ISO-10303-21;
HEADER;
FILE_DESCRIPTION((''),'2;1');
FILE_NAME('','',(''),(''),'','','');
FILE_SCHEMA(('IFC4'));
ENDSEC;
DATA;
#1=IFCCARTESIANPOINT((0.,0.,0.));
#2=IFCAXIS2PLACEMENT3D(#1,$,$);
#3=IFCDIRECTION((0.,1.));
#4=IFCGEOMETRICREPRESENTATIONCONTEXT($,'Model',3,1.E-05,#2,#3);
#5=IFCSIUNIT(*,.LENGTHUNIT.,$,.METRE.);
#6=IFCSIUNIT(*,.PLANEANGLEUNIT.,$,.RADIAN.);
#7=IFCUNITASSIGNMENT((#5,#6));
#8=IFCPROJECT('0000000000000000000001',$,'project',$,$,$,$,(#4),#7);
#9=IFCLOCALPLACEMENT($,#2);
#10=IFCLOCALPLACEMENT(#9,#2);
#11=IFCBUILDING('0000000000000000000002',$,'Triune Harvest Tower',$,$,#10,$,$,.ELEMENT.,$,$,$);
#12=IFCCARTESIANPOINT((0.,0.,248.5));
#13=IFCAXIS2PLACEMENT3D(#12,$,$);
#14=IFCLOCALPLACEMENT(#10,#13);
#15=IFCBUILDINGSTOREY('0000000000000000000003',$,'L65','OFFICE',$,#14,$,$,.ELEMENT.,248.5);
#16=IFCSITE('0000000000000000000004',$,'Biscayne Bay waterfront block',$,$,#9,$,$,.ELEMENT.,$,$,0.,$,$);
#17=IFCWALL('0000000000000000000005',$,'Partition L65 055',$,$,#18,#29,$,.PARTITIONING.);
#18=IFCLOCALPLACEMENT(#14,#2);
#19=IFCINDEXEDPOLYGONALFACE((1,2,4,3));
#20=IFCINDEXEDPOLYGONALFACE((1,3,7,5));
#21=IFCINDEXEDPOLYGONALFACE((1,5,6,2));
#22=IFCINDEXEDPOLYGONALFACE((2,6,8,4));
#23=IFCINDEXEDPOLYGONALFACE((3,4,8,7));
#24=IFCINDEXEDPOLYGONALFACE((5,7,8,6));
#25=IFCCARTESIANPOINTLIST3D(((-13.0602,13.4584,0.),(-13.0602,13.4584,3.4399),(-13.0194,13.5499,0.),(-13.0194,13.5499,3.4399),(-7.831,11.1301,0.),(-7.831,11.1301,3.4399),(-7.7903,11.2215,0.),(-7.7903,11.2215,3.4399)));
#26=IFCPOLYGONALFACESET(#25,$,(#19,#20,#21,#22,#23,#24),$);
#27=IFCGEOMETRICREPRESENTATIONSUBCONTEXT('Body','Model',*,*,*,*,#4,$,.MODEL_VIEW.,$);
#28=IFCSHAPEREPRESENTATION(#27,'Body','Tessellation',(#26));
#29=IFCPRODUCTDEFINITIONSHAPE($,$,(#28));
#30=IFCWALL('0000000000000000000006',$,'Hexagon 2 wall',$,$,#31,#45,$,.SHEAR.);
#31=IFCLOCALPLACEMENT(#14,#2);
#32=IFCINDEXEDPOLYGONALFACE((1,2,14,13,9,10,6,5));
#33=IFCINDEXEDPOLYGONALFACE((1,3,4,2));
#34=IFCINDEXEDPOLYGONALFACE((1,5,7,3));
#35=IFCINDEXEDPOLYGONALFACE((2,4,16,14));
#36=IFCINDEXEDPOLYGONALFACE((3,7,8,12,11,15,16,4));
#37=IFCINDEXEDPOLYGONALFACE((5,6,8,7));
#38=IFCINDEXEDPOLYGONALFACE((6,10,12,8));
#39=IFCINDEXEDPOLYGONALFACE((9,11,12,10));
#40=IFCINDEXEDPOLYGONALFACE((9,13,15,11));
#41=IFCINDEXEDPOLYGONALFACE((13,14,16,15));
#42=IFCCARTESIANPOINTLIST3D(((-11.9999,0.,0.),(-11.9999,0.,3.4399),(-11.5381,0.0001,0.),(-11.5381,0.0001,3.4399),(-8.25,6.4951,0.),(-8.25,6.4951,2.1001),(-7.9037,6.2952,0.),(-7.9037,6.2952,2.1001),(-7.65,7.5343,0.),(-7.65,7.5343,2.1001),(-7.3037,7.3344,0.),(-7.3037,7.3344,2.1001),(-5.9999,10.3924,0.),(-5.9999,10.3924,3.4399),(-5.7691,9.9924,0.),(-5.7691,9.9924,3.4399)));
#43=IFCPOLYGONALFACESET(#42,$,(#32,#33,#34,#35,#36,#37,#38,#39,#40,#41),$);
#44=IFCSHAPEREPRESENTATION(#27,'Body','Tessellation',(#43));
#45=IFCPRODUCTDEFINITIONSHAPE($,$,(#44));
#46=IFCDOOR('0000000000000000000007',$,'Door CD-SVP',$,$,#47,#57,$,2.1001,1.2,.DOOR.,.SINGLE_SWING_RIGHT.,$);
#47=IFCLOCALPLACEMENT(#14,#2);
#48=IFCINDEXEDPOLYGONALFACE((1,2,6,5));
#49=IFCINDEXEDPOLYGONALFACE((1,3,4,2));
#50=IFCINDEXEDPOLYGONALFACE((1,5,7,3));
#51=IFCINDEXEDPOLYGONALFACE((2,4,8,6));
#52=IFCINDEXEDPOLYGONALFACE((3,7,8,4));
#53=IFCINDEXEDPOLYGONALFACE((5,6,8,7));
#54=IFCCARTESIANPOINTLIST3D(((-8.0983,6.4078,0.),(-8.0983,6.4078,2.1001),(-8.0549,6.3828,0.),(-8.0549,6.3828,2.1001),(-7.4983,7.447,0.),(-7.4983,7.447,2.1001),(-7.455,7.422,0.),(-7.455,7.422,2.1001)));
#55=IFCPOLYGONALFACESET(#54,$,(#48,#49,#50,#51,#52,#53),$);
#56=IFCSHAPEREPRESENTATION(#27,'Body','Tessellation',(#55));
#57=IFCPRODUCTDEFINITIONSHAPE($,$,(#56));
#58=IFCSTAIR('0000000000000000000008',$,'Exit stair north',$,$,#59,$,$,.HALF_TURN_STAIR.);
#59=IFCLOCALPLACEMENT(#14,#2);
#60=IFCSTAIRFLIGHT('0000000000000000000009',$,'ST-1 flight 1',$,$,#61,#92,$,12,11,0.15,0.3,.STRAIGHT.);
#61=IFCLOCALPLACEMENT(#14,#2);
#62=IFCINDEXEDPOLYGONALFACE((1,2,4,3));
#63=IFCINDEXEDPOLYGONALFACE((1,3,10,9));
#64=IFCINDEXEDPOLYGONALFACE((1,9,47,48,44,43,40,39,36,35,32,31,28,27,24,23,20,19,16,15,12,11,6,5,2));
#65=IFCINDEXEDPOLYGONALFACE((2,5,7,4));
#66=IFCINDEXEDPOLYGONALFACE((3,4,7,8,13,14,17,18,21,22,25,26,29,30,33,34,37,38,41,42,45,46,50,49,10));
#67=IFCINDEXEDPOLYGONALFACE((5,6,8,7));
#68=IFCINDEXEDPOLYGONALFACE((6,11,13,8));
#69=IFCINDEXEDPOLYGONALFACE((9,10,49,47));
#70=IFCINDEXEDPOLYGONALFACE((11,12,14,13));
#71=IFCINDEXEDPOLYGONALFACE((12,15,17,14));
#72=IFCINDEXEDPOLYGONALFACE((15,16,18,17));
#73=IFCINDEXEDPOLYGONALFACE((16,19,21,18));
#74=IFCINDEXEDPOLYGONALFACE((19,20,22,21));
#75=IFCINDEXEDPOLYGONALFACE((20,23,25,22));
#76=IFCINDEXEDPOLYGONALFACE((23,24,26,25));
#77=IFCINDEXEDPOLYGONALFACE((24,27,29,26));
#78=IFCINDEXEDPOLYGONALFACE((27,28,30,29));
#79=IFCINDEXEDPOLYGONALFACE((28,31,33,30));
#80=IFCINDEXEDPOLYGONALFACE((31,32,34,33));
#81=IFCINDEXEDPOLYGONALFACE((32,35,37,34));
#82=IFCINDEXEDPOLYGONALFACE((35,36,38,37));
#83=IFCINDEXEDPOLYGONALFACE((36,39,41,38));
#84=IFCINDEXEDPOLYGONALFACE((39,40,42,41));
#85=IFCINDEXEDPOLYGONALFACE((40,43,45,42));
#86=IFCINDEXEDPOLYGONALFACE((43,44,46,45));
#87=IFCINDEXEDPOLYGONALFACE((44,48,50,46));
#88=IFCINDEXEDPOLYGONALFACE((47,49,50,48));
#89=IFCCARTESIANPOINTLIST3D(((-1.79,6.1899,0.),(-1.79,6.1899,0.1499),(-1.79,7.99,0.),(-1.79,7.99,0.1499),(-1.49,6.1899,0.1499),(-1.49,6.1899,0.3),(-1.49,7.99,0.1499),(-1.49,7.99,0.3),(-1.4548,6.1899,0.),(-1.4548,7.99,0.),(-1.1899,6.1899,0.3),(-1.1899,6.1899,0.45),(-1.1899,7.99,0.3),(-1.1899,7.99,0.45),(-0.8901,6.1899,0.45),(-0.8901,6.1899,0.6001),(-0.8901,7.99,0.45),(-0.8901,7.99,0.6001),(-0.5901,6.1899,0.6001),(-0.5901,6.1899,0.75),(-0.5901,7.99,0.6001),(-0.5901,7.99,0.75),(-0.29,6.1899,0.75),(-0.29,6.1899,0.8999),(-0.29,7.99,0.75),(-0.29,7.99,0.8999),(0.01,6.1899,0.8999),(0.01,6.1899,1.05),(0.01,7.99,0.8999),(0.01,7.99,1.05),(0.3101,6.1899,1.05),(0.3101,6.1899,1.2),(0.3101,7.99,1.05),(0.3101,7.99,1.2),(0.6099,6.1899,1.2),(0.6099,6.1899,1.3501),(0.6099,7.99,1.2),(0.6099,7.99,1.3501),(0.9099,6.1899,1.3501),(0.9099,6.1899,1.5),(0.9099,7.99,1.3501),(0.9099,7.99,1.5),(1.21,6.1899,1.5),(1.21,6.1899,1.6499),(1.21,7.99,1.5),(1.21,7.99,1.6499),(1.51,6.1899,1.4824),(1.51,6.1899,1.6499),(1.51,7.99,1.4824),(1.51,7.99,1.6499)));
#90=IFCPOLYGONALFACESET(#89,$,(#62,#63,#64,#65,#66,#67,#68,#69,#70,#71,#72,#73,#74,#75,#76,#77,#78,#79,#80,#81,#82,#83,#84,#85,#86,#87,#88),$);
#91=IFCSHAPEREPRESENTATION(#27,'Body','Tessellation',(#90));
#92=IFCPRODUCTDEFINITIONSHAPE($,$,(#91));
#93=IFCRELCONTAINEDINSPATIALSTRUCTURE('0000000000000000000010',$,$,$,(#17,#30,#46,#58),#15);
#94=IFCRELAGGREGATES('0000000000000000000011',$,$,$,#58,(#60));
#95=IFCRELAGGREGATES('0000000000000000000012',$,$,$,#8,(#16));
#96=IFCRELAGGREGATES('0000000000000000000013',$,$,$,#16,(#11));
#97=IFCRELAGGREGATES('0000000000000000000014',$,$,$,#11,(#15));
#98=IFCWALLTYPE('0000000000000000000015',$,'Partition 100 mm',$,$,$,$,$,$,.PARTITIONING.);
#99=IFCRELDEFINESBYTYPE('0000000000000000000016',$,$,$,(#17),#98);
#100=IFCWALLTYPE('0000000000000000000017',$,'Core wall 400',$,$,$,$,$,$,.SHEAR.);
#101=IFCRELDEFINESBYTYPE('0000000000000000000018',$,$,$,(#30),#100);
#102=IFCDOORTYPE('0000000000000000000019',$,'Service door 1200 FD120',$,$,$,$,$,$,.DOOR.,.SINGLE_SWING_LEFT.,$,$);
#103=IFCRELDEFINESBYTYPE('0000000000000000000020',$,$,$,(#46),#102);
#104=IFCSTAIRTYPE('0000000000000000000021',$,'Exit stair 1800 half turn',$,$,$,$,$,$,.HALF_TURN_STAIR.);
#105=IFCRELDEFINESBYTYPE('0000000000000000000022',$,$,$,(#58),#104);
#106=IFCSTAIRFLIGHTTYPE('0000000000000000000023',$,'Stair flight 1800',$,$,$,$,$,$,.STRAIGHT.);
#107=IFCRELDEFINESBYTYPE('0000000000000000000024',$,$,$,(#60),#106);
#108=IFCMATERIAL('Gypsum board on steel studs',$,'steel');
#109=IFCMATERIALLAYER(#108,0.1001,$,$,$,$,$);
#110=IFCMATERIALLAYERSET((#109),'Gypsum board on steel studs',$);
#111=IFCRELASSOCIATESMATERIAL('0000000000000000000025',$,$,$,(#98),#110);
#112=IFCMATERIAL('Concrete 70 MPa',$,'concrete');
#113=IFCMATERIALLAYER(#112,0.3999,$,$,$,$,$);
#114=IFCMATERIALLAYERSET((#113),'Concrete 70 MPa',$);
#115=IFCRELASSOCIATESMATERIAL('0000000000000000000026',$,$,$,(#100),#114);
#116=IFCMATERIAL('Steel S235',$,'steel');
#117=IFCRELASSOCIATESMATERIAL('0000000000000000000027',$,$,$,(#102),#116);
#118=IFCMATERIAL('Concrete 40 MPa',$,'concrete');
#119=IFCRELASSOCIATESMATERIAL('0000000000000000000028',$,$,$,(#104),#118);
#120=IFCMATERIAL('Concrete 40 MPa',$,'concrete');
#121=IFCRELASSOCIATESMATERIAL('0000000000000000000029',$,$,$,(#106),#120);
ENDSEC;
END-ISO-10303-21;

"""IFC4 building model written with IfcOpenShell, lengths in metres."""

from ifc_helpers import new_model, si_unit, direction, frame, frame_2d, origin, place, context, subcontext, project, spatial, polyline, rectangle, outline, extrude, source, transform, mapped, material, layer, layer_set, type_object, element, fill, aggregate, save


model = new_model("IFC4")

# Units and contexts
model_context = context("Model", 3, precision=1e-05, world=origin(), true_north=direction((0.0, 1.0)))
body_context = subcontext(model_context, "Body", "Model", "MODEL_VIEW")
ifc_project = project(units=[si_unit("LENGTHUNIT", "METRE"), si_unit("PLANEANGLEUNIT", "RADIAN")], contexts=[model_context])

# Site, building, storey
site_placement = place(None, origin())
site = spatial("IfcSite", under=ifc_project, at=site_placement, Name="Biscayne Bay waterfront block", CompositionType="ELEMENT", RefElevation=0.0)
building_placement = place(site_placement, origin())
building = spatial("IfcBuilding", under=site, at=building_placement, Name="Triune Harvest Tower", CompositionType="ELEMENT")
storey_placement = place(building_placement, frame((0.0, 0.0, 248.5)))
storey = spatial("IfcBuildingStorey", under=building, at=storey_placement, Name="L65", Description="OFFICE", CompositionType="ELEMENT", Elevation=248.5)

# Wall
ifc_material_1 = material(Name="Gypsum board on steel studs", Category="steel")
ifc_layer_1 = layer(ifc_material_1, 0.1001)
ifc_layer_set_1 = layer_set([ifc_layer_1], Name="Gypsum board on steel studs")
wall_type_1 = type_object("IfcWallType", Name="Partition 100 mm", PredefinedType="PARTITIONING", material=ifc_layer_set_1)
wall_1_placement = place(storey_placement, frame((-13.0398, 13.5042, 0.0), z_axis=(0.0, 0.0, 1.0), x_axis=(0.913535, -0.40676, 0.0)))
element("IfcWall", 1, at=wall_1_placement, inside=storey, type_object=wall_type_1, Name="Partition L65 055", PredefinedType="PARTITIONING", context=body_context, shape_type="SweptSolid", body=[
    extrude(rectangle(XDim=5.7241, YDim=0.1001, at=frame_2d((2.8621, 0.0))), origin(), (0.0, 0.0, 1.0), 3.4399),
])

# Wall, opening, door
ifc_material_2 = material(Name="Concrete 70 MPa", Category="concrete")
ifc_layer_2 = layer(ifc_material_2, 0.3999)
ifc_layer_set_2 = layer_set([ifc_layer_2], Name="Concrete 70 MPa")
wall_type_2 = type_object("IfcWallType", Name="Core wall 400", PredefinedType="SHEAR", material=ifc_layer_set_2)
shared_shape_1 = source(origin(), body_context, "Body", "SweptSolid", [
    extrude(outline(polyline([(-0.1155, -0.2), (11.8845, -0.2), (11.6536, 0.2), (0.1155, 0.2), (-0.1155, -0.2)])), origin(), (0.0, 0.0, 1.0), 3.4399),
])
wall_2_placement = place(storey_placement, frame((-5.8845, 10.1924, 0.0), z_axis=(0.0, 0.0, 1.0), x_axis=(-0.499997, -0.866027, 0.0)))
wall_2 = element("IfcWall", 2, at=wall_2_placement, inside=storey, type_object=wall_type_2, Name="Hexagon 2 wall", PredefinedType="SHEAR", context=body_context, shape_type="MappedRepresentation", body=[
    mapped(shared_shape_1, transform((0.0, 0.0, 0.0), scale=1.0)),
])
opening_1_placement = place(wall_2_placement, frame((3.1846, 0.0, 0.0)))
opening_1 = element("IfcOpeningElement", 3, at=opening_1_placement, cuts=wall_2, PredefinedType="OPENING", context=body_context, shape_type="SweptSolid", body=[
    extrude(rectangle(XDim=1.2, YDim=2.1001, at=frame_2d((0.6001, 1.05))), frame((0.0, 0.21, 0.0), z_axis=(0.0, -1.0, 0.0), x_axis=(1.0, 0.0, 0.0)), (0.0, 0.0, 1.0), 0.4199),
])
ifc_material_3 = material(Name="Steel S235", Category="steel")
door_type_1 = type_object("IfcDoorType", Name="Service door 1200 FD120", OperationType="SINGLE_SWING_LEFT", PredefinedType="DOOR", material=ifc_material_3)
door_1_placement = place(opening_1_placement, frame((1.2, 0.0, 0.0), z_axis=(0.0, 0.0, 1.0), x_axis=(-1.0, 0.0, 0.0)))
door_1 = element("IfcDoor", 4, at=door_1_placement, inside=storey, type_object=door_type_1, Name="Door CD-SVP", OperationType="SINGLE_SWING_RIGHT", OverallHeight=2.1001, OverallWidth=1.2, PredefinedType="DOOR", context=body_context, shape_type="SweptSolid", body=[
    extrude(rectangle(XDim=1.2, YDim=2.1001, at=frame_2d((0.6001, 1.05))), frame((0.0, 0.0249, 0.0), z_axis=(0.0, -1.0, 0.0), x_axis=(1.0, 0.0, 0.0)), (0.0, 0.0, 1.0), 0.05),
])
fill(opening_1, door_1)

# Stair, stair flight
ifc_material_4 = material(Name="Concrete 40 MPa", Category="concrete")
stair_type = type_object("IfcStairType", Name="Exit stair 1800 half turn", PredefinedType="HALF_TURN_STAIR", material=ifc_material_4)
stair_placement = place(storey_placement, origin())
stair = element("IfcStair", 5, at=stair_placement, inside=storey, type_object=stair_type, Name="Exit stair north", PredefinedType="HALF_TURN_STAIR")
ifc_material_5 = material(Name="Concrete 40 MPa", Category="concrete")
stair_flight_type = type_object("IfcStairFlightType", Name="Stair flight 1800", PredefinedType="STRAIGHT", material=ifc_material_5)
shared_shape_2 = source(origin(), body_context, "Body", "SweptSolid", [
    extrude(outline(polyline([(0.0, 0.0), (0.0, 0.1499), (0.3, 0.1499), (0.3, 0.3), (0.6001, 0.3), (0.6001, 0.45), (0.8999, 0.45), (0.8999, 0.6001), (1.2, 0.6001), (1.2, 0.75), (1.5, 0.75), (1.5, 0.8999), (1.8, 0.8999), (1.8, 1.05), (2.1001, 1.05), (2.1001, 1.2), (2.3999, 1.2), (2.3999, 1.3501), (2.7, 1.3501), (2.7, 1.5), (3.0, 1.5), (3.0, 1.6499), (3.3, 1.6499), (3.3, 1.8), (3.3, 1.4824), (0.3352, 0.0), (0.0, 0.0)])), frame((0.0, 0.8999, 0.0), z_axis=(0.0, -1.0, 0.0), x_axis=(1.0, 0.0, 0.0)), (0.0, 0.0, 1.0), 1.8),
])
stair_flight_placement = place(storey_placement, frame((-1.79, 7.0901, 0.0), z_axis=(0.0, 0.0, 1.0), x_axis=(1.0, 0.0, 0.0)))
stair_flight = element("IfcStairFlight", 6, at=stair_flight_placement, type_object=stair_flight_type, Name="ST-1 flight 1", NumberOfRisers=12, NumberOfTreads=11, PredefinedType="STRAIGHT", RiserHeight=0.15, TreadLength=0.3, context=body_context, shape_type="MappedRepresentation", body=[
    mapped(shared_shape_2, transform((0.0, 0.0, 0.0), scale=1.0)),
])
aggregate(stair, [stair_flight])

save(model, "model.ifc")
